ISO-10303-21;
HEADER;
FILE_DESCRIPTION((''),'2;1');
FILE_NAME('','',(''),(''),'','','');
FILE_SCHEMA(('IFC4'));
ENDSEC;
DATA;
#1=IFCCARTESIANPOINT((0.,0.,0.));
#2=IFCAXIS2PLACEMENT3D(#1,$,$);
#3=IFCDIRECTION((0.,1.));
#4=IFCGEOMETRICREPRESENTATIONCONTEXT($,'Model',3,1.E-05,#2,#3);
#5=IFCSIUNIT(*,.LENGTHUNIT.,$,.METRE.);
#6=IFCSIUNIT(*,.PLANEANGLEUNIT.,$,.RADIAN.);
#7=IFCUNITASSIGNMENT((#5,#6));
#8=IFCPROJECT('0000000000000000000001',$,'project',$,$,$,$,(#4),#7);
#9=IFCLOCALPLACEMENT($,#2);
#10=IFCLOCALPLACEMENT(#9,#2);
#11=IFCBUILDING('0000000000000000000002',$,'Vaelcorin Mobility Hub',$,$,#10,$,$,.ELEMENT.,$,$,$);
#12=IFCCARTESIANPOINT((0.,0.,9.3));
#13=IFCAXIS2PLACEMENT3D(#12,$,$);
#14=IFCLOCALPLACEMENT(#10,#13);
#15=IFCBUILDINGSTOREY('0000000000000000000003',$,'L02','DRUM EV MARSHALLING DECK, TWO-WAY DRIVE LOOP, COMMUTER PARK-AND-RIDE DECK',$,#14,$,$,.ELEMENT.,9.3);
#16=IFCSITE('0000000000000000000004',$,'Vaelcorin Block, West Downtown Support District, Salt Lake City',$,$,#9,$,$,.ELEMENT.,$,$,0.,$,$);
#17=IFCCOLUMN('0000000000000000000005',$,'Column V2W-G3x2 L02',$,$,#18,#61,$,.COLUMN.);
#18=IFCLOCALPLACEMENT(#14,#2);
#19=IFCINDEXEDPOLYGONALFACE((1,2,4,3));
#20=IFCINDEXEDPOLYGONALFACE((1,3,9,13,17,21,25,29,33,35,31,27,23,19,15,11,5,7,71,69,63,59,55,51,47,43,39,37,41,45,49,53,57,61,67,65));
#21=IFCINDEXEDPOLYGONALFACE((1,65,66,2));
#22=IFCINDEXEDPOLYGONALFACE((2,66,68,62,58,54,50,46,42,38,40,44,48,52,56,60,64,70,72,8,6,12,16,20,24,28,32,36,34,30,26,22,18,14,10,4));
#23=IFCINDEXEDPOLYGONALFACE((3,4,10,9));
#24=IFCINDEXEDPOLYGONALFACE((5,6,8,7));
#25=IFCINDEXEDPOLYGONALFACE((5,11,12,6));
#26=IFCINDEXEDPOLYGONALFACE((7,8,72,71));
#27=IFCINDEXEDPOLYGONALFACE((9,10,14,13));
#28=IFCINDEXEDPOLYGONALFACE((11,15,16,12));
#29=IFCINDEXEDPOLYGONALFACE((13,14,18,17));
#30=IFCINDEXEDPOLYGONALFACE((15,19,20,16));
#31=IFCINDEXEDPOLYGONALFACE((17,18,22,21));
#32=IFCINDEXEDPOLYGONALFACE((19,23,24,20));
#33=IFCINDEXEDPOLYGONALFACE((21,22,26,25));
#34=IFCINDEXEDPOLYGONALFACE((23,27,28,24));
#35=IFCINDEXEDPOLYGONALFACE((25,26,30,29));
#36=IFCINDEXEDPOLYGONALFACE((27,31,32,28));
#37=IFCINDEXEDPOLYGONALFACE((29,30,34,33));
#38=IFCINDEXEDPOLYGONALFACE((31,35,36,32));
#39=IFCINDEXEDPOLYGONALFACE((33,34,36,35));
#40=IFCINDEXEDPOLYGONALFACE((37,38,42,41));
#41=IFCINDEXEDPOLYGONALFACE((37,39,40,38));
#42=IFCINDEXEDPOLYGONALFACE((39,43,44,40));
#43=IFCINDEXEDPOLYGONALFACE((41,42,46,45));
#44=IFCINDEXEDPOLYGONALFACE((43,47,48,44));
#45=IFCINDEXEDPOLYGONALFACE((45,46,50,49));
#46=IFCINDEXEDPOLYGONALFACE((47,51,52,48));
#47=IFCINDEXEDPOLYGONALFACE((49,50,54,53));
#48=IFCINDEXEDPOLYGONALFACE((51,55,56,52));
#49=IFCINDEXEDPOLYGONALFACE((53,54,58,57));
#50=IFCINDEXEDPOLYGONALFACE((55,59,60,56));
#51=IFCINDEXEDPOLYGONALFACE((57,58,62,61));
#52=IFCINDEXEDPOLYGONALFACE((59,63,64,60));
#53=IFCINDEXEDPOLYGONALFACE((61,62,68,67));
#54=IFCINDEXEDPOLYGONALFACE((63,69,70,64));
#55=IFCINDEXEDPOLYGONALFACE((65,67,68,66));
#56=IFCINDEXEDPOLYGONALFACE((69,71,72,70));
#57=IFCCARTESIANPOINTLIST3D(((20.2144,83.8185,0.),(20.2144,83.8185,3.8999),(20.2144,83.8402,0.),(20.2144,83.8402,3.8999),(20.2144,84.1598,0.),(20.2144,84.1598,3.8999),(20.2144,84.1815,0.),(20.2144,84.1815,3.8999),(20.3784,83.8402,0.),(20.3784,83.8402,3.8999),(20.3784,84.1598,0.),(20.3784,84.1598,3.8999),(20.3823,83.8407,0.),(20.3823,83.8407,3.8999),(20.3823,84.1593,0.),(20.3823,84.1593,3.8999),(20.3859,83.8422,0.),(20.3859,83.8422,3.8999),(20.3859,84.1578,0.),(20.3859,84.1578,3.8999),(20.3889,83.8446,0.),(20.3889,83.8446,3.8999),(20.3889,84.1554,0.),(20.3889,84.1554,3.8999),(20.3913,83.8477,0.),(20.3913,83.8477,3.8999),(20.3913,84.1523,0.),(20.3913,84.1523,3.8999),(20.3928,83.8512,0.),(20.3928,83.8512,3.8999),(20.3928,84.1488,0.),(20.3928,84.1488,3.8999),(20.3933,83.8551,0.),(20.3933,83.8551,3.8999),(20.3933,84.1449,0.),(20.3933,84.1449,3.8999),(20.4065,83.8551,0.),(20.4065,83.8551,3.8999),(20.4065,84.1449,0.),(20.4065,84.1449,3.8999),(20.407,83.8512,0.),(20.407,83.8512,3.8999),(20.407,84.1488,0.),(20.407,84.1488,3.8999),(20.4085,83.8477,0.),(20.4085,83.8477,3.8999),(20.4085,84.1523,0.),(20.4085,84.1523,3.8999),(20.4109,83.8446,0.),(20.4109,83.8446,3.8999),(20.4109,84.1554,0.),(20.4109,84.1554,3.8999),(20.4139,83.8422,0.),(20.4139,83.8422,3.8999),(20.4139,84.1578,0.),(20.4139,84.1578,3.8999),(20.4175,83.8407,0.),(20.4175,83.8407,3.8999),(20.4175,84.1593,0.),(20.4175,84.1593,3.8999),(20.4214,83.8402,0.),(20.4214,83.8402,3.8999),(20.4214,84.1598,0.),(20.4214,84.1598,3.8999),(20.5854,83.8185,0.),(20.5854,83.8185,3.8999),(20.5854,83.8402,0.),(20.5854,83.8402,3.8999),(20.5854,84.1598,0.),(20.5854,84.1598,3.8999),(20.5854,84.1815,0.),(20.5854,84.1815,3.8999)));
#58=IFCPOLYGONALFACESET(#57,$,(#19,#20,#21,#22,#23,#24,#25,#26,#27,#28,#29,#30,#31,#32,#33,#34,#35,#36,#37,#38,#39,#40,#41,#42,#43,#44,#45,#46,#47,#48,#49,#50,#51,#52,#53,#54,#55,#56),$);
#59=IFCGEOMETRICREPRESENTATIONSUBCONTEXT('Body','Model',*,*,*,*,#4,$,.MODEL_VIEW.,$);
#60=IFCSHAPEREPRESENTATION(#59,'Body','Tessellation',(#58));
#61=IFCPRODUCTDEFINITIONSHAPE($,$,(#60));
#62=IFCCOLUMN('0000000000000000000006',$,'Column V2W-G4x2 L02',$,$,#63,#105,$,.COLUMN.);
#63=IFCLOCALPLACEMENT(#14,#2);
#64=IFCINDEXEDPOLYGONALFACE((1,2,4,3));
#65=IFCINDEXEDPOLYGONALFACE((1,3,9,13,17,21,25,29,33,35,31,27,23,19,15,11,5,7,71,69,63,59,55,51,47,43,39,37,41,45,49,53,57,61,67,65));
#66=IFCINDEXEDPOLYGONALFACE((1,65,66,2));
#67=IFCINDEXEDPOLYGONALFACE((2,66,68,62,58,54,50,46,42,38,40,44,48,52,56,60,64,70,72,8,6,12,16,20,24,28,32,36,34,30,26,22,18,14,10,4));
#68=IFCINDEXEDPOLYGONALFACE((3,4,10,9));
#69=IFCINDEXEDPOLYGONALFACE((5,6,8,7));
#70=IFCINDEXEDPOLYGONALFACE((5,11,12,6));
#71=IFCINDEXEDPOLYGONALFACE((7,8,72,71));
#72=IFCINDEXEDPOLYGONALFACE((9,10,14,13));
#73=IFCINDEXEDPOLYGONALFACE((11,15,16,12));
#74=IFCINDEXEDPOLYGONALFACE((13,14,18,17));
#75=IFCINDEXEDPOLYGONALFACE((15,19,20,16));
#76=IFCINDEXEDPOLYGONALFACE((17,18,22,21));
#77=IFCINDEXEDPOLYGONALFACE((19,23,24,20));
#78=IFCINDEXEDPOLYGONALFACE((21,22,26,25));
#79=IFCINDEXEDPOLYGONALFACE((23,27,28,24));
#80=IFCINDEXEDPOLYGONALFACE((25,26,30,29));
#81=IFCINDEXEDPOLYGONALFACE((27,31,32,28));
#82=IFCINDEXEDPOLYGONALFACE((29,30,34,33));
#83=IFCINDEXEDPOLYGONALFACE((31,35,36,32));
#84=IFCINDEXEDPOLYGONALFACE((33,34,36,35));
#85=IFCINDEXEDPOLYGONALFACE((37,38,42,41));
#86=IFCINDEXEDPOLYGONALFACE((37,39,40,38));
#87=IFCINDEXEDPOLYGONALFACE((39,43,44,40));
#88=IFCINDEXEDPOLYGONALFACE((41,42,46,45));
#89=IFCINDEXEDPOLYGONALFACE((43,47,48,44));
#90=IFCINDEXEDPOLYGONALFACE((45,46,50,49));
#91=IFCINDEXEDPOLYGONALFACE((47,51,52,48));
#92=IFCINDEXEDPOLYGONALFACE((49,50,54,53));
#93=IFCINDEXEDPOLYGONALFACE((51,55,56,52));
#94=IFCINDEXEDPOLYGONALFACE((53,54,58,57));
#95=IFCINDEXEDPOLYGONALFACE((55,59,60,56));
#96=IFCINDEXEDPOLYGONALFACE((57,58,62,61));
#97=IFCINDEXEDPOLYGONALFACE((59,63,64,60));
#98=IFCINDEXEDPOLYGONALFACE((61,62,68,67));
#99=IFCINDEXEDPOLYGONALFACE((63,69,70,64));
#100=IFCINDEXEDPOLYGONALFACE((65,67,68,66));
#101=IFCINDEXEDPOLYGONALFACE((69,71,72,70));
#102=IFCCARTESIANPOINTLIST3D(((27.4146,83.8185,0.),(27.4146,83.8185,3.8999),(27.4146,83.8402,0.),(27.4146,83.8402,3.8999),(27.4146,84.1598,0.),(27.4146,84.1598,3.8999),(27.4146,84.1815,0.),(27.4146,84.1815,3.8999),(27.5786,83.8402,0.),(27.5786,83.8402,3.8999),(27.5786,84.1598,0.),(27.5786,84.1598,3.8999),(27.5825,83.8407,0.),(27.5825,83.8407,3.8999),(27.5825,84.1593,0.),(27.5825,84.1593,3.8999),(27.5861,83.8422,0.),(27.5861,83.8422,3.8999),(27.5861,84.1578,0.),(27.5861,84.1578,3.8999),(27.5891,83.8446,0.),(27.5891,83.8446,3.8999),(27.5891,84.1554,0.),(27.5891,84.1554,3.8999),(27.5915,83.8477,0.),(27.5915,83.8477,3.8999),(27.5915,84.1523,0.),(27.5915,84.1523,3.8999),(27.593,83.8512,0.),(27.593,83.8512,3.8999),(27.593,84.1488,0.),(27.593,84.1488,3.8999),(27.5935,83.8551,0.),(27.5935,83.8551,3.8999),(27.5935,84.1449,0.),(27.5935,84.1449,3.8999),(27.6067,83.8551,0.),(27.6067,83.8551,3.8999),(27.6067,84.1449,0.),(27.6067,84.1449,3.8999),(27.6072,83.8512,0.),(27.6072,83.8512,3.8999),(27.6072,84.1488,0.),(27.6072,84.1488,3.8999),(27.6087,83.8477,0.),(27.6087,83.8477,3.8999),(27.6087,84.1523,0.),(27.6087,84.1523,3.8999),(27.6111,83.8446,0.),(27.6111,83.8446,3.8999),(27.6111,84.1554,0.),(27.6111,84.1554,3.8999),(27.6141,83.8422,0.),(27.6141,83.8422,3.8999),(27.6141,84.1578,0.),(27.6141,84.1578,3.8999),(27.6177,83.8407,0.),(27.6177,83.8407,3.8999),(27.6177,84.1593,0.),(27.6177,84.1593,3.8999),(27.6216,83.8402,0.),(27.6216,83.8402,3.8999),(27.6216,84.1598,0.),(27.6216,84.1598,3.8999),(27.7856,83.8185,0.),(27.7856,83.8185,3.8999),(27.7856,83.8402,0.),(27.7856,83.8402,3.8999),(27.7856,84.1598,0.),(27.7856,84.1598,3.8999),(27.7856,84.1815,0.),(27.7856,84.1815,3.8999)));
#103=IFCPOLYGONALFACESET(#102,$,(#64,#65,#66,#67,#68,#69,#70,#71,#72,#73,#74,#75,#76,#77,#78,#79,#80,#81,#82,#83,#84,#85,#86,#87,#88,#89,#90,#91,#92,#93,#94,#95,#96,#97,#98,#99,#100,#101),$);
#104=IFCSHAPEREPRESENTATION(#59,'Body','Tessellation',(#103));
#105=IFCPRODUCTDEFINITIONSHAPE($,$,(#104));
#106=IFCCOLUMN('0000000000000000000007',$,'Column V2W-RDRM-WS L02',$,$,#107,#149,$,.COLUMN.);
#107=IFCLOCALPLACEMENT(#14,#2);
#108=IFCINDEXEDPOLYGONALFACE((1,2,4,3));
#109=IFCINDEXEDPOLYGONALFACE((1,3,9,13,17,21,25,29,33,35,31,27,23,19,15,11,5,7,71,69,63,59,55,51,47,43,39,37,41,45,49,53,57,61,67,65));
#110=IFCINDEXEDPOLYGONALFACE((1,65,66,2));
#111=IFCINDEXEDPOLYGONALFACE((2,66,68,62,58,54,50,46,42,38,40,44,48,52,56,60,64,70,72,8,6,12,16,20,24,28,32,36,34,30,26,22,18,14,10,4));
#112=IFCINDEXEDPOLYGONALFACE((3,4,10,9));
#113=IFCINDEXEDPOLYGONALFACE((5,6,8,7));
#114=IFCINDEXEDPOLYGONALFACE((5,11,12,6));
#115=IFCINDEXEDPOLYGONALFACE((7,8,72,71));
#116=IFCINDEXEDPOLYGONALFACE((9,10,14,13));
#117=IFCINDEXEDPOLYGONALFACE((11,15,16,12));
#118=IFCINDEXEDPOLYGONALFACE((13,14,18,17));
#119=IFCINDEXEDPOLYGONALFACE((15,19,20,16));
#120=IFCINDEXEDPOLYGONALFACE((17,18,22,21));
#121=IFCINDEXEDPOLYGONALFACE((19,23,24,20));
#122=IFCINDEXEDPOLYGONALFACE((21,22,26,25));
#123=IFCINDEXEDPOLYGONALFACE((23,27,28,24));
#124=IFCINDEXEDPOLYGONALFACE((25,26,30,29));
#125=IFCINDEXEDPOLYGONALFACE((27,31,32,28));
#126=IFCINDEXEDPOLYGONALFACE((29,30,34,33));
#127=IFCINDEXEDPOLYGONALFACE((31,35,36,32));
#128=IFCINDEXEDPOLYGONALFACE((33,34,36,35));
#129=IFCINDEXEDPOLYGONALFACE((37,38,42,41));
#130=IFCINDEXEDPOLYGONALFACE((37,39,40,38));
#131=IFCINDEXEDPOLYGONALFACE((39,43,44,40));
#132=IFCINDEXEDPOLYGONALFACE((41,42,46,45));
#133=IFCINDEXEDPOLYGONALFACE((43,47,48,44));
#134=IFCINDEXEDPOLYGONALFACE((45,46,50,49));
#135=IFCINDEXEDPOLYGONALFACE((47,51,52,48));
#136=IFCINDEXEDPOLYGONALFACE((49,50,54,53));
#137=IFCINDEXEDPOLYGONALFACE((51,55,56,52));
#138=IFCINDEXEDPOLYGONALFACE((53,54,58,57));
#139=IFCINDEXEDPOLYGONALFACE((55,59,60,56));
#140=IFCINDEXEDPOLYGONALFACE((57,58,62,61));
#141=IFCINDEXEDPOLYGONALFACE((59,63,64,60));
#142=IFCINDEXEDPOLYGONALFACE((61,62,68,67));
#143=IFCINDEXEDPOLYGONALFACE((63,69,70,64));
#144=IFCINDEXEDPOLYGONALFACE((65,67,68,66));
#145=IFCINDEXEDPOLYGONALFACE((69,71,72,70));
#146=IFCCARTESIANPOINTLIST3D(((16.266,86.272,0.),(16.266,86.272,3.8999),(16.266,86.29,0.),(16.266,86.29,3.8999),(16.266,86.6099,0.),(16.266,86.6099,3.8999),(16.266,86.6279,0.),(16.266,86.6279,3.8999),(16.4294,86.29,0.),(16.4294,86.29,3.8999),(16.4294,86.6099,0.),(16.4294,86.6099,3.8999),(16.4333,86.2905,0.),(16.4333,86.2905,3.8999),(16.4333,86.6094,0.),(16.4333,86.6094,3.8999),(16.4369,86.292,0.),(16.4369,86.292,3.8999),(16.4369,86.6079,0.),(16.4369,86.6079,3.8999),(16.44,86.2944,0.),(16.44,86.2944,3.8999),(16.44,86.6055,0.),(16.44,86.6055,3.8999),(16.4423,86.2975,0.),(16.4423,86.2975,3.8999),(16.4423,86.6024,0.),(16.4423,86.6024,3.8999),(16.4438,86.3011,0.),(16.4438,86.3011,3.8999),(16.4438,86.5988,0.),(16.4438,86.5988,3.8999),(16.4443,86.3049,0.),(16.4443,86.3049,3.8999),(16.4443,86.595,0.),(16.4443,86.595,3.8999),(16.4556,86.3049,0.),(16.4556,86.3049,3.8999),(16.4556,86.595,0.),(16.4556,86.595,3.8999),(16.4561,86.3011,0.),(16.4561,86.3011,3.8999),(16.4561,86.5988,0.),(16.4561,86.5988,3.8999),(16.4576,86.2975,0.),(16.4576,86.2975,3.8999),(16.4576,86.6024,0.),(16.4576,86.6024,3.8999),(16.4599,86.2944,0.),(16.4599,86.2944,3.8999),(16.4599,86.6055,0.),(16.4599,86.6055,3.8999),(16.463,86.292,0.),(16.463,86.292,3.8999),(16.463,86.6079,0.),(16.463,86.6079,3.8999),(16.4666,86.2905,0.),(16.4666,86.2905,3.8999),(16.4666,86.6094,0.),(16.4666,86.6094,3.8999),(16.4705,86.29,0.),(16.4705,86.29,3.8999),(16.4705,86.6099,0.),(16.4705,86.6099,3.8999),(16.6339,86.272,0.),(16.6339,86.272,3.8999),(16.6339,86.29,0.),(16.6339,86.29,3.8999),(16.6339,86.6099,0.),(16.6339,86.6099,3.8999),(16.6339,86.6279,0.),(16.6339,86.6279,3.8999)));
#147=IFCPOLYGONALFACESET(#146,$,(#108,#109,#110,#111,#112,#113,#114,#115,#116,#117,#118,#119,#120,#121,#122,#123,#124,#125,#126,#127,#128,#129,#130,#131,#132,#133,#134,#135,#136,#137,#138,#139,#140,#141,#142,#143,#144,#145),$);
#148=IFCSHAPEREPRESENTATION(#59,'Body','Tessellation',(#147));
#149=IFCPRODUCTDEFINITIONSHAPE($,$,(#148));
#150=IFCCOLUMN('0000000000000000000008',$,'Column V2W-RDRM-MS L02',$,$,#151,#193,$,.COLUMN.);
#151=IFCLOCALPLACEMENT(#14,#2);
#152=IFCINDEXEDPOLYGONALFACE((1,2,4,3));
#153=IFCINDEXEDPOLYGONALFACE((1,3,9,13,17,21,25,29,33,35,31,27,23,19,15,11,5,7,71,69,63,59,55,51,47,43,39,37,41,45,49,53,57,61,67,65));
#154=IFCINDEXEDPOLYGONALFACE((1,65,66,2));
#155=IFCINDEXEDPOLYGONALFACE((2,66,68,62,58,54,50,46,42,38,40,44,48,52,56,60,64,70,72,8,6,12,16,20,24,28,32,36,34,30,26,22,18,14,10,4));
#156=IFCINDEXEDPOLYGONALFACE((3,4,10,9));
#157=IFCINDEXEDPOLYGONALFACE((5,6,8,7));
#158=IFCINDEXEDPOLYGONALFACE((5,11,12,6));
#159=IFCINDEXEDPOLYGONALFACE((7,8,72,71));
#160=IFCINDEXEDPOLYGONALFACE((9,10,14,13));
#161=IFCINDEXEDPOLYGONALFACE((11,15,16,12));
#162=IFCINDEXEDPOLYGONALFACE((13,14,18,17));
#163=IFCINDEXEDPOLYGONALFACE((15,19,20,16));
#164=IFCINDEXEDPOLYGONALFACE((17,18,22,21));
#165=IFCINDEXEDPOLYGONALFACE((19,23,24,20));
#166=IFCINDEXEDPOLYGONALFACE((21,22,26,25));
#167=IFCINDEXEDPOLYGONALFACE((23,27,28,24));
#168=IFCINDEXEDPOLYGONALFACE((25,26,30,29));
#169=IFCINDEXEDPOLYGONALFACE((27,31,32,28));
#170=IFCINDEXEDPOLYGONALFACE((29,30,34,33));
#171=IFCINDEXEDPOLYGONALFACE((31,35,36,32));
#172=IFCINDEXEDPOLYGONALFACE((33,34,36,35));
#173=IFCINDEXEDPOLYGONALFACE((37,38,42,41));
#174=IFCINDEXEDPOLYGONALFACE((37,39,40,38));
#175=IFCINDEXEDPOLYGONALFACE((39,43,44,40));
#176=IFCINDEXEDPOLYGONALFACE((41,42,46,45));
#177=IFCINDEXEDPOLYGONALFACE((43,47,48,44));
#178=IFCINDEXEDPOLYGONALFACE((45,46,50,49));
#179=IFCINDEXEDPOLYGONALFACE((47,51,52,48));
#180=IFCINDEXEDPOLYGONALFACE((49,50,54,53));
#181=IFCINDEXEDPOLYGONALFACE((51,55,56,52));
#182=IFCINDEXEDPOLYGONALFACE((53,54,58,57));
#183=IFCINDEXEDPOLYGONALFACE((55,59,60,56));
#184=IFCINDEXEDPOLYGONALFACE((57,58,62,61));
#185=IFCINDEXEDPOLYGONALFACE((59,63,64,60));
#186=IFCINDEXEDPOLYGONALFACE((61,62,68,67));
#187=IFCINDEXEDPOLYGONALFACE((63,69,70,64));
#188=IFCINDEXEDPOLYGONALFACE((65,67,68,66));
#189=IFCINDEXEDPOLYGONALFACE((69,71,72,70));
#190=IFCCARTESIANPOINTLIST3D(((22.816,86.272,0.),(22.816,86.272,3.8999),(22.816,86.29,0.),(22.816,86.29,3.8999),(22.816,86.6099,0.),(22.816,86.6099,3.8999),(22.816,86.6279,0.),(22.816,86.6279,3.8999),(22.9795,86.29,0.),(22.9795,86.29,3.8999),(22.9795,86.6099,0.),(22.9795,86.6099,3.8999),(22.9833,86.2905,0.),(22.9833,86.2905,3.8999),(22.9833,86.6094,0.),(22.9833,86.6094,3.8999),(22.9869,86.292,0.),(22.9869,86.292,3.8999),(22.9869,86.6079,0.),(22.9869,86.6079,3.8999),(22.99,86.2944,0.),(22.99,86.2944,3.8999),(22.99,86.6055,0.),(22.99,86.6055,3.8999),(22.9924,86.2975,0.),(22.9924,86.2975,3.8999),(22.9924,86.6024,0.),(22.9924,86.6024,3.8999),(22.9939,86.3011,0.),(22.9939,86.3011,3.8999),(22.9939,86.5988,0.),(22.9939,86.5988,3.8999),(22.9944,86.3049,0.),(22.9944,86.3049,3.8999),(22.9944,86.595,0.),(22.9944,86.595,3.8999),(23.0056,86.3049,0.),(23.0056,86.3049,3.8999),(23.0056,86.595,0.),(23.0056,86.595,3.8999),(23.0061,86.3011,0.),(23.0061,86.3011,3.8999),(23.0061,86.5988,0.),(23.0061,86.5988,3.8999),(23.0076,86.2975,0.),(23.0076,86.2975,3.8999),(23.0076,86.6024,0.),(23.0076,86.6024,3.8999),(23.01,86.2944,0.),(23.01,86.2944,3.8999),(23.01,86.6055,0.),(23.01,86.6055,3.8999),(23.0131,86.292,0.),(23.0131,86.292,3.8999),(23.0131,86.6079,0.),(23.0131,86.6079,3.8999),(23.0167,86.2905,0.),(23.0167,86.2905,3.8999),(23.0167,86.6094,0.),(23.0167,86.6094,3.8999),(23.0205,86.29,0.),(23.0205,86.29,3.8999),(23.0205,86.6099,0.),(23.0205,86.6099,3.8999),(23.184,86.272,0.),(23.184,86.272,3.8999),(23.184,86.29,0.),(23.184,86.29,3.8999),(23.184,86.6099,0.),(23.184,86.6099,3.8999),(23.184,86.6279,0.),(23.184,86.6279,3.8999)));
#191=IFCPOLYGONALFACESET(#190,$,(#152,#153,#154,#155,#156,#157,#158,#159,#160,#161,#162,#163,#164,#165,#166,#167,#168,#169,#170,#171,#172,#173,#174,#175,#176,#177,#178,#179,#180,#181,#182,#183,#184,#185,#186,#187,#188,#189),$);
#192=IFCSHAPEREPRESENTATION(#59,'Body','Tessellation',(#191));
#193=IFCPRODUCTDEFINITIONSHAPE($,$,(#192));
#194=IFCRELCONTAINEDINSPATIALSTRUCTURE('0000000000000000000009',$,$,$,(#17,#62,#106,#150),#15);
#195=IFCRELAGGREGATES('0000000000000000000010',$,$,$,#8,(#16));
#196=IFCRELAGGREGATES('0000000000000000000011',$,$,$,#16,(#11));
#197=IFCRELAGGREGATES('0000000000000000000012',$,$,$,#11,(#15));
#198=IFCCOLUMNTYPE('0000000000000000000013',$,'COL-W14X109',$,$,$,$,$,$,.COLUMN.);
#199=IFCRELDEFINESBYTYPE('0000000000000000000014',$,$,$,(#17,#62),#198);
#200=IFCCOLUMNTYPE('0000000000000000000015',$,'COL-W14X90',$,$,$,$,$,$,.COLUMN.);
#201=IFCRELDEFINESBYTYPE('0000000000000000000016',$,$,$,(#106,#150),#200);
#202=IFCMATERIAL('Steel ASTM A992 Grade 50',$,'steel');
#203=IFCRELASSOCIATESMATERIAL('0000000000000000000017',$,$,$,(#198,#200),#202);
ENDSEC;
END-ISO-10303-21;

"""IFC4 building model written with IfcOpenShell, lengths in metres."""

from ifc_helpers import new_model, si_unit, direction, frame, origin, origin_2d, place, context, subcontext, project, spatial, i_section, extrude, material, material_profile, profile_set, type_object, element, save


model = new_model("IFC4")

# Units and contexts
model_context = context("Model", 3, precision=1e-05, world=origin(), true_north=direction((0.0, 1.0)))
body_context = subcontext(model_context, "Body", "Model", "MODEL_VIEW")
ifc_project = project(units=[si_unit("LENGTHUNIT", "METRE"), si_unit("PLANEANGLEUNIT", "RADIAN")], contexts=[model_context])

# Site, building, storey
site_placement = place(None, origin())
site = spatial("IfcSite", under=ifc_project, at=site_placement, Name="Vaelcorin Block, West Downtown Support District, Salt Lake City", CompositionType="ELEMENT", RefElevation=0.0)
building_placement = place(site_placement, origin())
building = spatial("IfcBuilding", under=site, at=building_placement, Name="Vaelcorin Mobility Hub", CompositionType="ELEMENT")
storey_placement = place(building_placement, frame((0.0, 0.0, 9.3)))
storey = spatial("IfcBuildingStorey", under=building, at=storey_placement, Name="L02", Description="DRUM EV MARSHALLING DECK, TWO-WAY DRIVE LOOP, COMMUTER PARK-AND-RIDE DECK", CompositionType="ELEMENT", Elevation=9.3)

# Columns
ifc_material_1 = material(Name="Steel ASTM A992 Grade 50", Category="steel")
ifc_material_profile_1 = material_profile(ifc_material_1, i_section(OverallWidth=0.3711, OverallDepth=0.363, WebThickness=0.0132, FlangeThickness=0.0217, FilletRadius=0.0149, at=origin_2d()), Name="W14X109")
ifc_profile_set_1 = profile_set([ifc_material_profile_1], Name="Steel ASTM A992 Grade 50")
column_type_1 = type_object("IfcColumnType", Name="COL-W14X109", PredefinedType="COLUMN", material=ifc_profile_set_1)
for number, where, z_axis, x_axis, name in (
    (1, (20.3999, 84.0, 0.0), (0.0, 0.0, 1.0), (1.0, 0.0, 0.0), "Column V2W-G3x2 L02"),
    (2, (27.6001, 84.0, 0.0), (0.0, 0.0, 1.0), (1.0, 0.0, 0.0), "Column V2W-G4x2 L02"),
):
    element("IfcColumn", number, at=place(storey_placement, frame(where, z_axis=z_axis, x_axis=x_axis)), inside=storey, type_object=column_type_1, Name=name, PredefinedType="COLUMN", context=body_context, shape_type="SweptSolid", body=[
        extrude(i_section(OverallWidth=0.3711, OverallDepth=0.363, WebThickness=0.0132, FlangeThickness=0.0217, FilletRadius=0.0149, at=origin_2d()), origin(), (0.0, 0.0, 1.0), 3.8999),
    ])
ifc_material_profile_2 = material_profile(ifc_material_1, i_section(OverallWidth=0.3679, OverallDepth=0.356, WebThickness=0.0112, FlangeThickness=0.0181, FilletRadius=0.0149, at=origin_2d()), Name="W14X90")
ifc_profile_set_2 = profile_set([ifc_material_profile_2], Name="Steel ASTM A992 Grade 50")
column_type_2 = type_object("IfcColumnType", Name="COL-W14X90", PredefinedType="COLUMN", material=ifc_profile_set_2)
for number, where, z_axis, x_axis, name in (
    (3, (16.45, 86.45, 0.0), (0.0, 0.0, 1.0), (1.0, 0.0, 0.0), "Column V2W-RDRM-WS L02"),
    (4, (23.0, 86.45, 0.0), (0.0, 0.0, 1.0), (1.0, 0.0, 0.0), "Column V2W-RDRM-MS L02"),
):
    element("IfcColumn", number, at=place(storey_placement, frame(where, z_axis=z_axis, x_axis=x_axis)), inside=storey, type_object=column_type_2, Name=name, PredefinedType="COLUMN", context=body_context, shape_type="SweptSolid", body=[
        extrude(i_section(OverallWidth=0.3679, OverallDepth=0.356, WebThickness=0.0112, FlangeThickness=0.0181, FilletRadius=0.0149, at=origin_2d()), origin(), (0.0, 0.0, 1.0), 3.8999),
    ])

save(model, "model.ifc")
